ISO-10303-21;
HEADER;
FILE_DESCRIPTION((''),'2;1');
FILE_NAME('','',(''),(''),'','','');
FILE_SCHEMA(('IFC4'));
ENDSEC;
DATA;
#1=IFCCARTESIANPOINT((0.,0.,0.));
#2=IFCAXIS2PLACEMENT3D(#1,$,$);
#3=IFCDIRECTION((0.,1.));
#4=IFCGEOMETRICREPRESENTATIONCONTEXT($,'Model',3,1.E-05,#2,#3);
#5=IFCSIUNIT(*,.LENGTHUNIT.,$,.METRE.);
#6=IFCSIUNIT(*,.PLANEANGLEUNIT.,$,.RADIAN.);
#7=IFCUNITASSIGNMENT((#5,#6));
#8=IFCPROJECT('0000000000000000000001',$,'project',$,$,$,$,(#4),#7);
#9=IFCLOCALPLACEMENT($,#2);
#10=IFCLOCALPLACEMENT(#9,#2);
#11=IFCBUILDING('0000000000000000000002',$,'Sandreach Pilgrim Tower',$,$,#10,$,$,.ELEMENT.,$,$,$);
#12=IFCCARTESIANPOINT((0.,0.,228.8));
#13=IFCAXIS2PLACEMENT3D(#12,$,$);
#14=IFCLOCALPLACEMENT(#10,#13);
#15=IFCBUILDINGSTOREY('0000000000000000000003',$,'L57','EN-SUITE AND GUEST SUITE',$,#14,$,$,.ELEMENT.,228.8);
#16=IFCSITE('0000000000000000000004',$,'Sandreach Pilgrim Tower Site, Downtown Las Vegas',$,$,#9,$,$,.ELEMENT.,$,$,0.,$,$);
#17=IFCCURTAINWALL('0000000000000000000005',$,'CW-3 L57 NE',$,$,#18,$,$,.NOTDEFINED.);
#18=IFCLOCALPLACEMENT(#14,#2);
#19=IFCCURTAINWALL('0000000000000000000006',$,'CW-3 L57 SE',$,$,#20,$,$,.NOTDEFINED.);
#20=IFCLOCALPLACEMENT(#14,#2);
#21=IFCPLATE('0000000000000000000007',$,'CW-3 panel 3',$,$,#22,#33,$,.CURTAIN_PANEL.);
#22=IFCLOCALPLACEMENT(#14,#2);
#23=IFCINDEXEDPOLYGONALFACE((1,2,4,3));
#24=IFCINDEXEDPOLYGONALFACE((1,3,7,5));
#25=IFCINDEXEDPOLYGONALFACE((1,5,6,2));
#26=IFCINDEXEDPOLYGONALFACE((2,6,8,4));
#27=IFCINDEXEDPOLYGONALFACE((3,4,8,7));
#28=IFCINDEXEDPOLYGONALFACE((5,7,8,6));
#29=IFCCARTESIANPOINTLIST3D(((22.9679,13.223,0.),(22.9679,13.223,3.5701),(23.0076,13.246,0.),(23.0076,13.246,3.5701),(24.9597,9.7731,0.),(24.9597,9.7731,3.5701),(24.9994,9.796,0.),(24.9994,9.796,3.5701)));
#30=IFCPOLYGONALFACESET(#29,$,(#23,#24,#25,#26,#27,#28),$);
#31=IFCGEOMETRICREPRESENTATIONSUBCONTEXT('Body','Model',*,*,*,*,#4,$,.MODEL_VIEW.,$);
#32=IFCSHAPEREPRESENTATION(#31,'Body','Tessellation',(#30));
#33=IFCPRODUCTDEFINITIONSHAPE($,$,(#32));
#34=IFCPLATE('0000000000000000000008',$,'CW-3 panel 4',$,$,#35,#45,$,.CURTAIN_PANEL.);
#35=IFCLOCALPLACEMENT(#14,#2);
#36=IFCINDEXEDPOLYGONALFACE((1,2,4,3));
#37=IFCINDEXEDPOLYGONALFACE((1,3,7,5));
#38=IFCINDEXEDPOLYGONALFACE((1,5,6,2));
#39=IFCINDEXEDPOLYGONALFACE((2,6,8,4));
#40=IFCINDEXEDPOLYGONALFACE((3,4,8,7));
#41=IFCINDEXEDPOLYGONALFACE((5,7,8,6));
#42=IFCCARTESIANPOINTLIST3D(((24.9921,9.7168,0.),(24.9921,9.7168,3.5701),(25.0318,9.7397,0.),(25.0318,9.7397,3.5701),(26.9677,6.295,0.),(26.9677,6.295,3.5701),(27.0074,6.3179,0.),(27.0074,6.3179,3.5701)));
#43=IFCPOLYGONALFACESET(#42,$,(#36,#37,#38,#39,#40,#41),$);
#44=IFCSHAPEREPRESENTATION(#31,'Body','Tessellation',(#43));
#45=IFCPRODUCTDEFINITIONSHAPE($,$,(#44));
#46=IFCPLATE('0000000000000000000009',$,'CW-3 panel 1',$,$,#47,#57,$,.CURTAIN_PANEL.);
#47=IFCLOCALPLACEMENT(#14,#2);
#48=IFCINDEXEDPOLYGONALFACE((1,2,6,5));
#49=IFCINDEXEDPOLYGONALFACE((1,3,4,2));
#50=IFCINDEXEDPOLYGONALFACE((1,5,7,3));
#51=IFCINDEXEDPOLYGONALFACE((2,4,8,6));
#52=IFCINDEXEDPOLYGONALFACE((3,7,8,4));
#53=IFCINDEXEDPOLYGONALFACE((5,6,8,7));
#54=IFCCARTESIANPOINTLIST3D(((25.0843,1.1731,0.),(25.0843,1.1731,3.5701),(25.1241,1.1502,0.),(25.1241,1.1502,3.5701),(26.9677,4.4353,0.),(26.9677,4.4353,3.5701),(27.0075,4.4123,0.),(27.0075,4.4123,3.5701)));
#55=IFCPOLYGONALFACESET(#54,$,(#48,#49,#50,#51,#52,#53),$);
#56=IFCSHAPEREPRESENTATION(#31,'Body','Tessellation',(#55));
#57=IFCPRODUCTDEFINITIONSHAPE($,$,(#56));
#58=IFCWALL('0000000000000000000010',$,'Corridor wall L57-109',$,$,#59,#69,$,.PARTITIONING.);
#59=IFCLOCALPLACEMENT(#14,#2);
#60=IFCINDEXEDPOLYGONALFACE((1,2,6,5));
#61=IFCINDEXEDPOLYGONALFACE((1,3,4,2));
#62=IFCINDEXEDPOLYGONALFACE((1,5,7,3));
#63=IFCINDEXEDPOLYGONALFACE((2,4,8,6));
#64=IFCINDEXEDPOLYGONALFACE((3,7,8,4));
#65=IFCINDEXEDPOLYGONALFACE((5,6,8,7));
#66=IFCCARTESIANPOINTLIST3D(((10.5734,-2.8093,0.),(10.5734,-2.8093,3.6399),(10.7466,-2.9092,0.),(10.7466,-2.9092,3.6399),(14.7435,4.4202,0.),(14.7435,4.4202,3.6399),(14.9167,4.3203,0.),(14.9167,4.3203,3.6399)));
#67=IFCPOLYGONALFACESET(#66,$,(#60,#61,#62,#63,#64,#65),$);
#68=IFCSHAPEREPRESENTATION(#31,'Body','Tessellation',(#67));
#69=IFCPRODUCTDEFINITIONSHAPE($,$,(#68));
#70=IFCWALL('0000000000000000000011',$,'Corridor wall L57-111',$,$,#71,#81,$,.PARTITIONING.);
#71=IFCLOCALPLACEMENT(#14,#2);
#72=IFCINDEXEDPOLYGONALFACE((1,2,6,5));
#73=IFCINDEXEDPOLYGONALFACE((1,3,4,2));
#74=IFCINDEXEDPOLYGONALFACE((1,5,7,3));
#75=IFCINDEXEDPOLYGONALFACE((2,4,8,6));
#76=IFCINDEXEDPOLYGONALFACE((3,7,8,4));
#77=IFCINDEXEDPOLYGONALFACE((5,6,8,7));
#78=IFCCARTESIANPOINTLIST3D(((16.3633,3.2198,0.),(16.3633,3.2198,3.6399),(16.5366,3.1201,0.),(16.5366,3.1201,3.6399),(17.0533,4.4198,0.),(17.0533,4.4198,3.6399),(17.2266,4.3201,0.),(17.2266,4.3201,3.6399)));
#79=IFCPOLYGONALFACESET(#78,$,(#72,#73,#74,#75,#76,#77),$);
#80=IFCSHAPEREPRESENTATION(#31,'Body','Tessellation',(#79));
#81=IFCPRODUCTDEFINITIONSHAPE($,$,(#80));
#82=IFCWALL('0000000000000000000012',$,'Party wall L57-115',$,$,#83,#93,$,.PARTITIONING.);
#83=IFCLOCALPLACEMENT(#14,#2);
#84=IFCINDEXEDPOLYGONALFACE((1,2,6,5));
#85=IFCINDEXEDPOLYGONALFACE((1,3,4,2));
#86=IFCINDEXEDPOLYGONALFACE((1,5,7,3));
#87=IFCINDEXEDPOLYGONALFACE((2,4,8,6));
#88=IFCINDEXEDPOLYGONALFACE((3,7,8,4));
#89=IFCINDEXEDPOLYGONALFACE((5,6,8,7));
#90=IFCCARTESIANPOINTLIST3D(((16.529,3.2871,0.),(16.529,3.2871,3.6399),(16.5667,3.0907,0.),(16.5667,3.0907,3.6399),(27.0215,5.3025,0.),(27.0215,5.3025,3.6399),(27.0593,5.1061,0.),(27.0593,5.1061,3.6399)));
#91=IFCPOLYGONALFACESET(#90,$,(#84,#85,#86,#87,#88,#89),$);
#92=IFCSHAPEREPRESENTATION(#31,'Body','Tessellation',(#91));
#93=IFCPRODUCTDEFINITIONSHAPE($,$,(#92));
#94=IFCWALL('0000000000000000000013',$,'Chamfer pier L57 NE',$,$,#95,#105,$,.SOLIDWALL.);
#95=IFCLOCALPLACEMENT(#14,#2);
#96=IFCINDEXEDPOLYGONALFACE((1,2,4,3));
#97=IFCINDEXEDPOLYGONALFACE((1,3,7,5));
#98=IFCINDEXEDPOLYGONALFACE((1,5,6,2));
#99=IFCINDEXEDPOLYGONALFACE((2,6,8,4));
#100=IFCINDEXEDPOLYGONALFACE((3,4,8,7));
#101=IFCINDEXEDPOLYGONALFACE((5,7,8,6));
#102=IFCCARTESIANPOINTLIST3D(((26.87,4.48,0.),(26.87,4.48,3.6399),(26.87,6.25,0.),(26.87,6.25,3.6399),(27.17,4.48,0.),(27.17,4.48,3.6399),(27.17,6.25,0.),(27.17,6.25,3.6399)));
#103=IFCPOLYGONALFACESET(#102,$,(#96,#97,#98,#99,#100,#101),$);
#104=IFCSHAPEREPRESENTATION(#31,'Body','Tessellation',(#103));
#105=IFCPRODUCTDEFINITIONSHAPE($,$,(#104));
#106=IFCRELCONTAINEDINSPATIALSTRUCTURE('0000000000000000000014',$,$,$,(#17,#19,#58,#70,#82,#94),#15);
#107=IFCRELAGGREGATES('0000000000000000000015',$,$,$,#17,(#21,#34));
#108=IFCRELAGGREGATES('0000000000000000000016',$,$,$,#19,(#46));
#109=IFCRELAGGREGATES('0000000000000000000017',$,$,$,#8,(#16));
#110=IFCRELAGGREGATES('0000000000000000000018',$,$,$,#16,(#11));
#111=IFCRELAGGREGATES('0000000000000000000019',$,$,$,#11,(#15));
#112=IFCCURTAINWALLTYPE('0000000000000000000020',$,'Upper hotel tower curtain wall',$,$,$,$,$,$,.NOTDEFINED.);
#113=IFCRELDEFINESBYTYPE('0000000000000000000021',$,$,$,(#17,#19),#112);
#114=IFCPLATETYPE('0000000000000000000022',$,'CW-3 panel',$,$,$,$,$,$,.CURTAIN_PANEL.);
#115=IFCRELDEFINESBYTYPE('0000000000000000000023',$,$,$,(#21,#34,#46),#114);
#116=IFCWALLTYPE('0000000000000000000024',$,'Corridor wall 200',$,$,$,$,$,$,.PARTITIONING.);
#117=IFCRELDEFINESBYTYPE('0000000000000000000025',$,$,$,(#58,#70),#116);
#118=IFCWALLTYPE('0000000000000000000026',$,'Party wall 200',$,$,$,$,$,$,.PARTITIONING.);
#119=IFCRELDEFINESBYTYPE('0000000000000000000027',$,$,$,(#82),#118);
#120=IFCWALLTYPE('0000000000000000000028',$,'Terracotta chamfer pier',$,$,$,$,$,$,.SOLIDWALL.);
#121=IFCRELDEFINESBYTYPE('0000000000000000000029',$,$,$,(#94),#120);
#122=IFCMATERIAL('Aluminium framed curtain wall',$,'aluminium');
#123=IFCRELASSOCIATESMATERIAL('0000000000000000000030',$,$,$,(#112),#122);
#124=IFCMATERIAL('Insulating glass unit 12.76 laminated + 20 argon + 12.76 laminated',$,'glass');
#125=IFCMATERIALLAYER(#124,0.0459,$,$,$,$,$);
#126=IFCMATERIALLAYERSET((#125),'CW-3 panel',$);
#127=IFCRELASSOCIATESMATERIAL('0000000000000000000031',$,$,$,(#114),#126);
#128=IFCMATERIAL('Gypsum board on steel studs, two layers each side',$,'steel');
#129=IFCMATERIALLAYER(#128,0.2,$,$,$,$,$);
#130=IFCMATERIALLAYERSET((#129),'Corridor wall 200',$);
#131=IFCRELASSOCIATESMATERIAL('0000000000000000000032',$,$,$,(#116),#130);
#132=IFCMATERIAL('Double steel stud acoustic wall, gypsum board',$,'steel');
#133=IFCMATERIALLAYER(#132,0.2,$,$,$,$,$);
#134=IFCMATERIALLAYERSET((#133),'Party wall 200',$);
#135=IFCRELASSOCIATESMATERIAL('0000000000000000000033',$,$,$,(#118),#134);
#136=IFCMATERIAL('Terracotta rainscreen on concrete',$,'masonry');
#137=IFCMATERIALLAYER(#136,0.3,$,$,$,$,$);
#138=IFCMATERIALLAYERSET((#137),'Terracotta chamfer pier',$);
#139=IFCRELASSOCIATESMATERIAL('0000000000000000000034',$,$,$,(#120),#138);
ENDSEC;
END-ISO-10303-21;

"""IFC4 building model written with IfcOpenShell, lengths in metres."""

from ifc_helpers import new_model, si_unit, direction, frame, frame_2d, origin, origin_2d, place, context, subcontext, project, spatial, rectangle, extrude, material, layer, layer_set, type_object, element, aggregate, save


model = new_model("IFC4")

# Units and contexts
model_context = context("Model", 3, precision=1e-05, world=origin(), true_north=direction((0.0, 1.0)))
body_context = subcontext(model_context, "Body", "Model", "MODEL_VIEW")
ifc_project = project(units=[si_unit("LENGTHUNIT", "METRE"), si_unit("PLANEANGLEUNIT", "RADIAN")], contexts=[model_context])

# Site, building, storey
site_placement = place(None, origin())
site = spatial("IfcSite", under=ifc_project, at=site_placement, Name="Sandreach Pilgrim Tower Site, Downtown Las Vegas", CompositionType="ELEMENT", RefElevation=0.0)
building_placement = place(site_placement, origin())
building = spatial("IfcBuilding", under=site, at=building_placement, Name="Sandreach Pilgrim Tower", CompositionType="ELEMENT")
storey_placement = place(building_placement, frame((0.0, 0.0, 228.8)))
storey = spatial("IfcBuildingStorey", under=building, at=storey_placement, Name="L57", Description="EN-SUITE AND GUEST SUITE", CompositionType="ELEMENT", Elevation=228.8)

# Curtain walls
ifc_material_1 = material(Name="Aluminium framed curtain wall", Category="aluminium")
curtain_wall_type = type_object("IfcCurtainWallType", Name="Upper hotel tower curtain wall", PredefinedType="NOTDEFINED", material=ifc_material_1)
curtain_wall_1_placement = place(storey_placement, origin())
curtain_wall_1 = element("IfcCurtainWall", 1, at=curtain_wall_1_placement, inside=storey, type_object=curtain_wall_type, Name="CW-3 L57 NE", PredefinedType="NOTDEFINED")
curtain_wall_2_placement = place(storey_placement, origin())
curtain_wall_2 = element("IfcCurtainWall", 2, at=curtain_wall_2_placement, inside=storey, type_object=curtain_wall_type, Name="CW-3 L57 SE", PredefinedType="NOTDEFINED")

# Plates
ifc_material_2 = material(Name="Insulating glass unit 12.76 laminated + 20 argon + 12.76 laminated", Category="glass")
ifc_layer_1 = layer(ifc_material_2, 0.0459)
ifc_layer_set_1 = layer_set([ifc_layer_1], Name="CW-3 panel")
plate_type = type_object("IfcPlateType", Name="CW-3 panel", PredefinedType="CURTAIN_PANEL", material=ifc_layer_set_1)
plate_1_placement = place(storey_placement, frame((23.9836, 11.5095, 0.0), z_axis=(0.0, 0.0, 1.0), x_axis=(0.5, -0.866025, 0.0)))
plate_1 = element("IfcPlate", 3, at=plate_1_placement, type_object=plate_type, Name="CW-3 panel 3", PredefinedType="CURTAIN_PANEL", context=body_context, shape_type="SweptSolid", body=[
    extrude(rectangle(XDim=3.9836, YDim=0.0459, at=origin_2d()), origin(), (0.0, 0.0, 1.0), 3.5701),
])
plate_2_placement = place(storey_placement, frame((25.9998, 8.0173, 0.0), z_axis=(0.0, 0.0, 1.0), x_axis=(0.5, -0.866025, 0.0)))
plate_2 = element("IfcPlate", 4, at=plate_2_placement, type_object=plate_type, Name="CW-3 panel 4", PredefinedType="CURTAIN_PANEL", context=body_context, shape_type="SweptSolid", body=[
    extrude(rectangle(XDim=3.9512, YDim=0.0459, at=origin_2d()), origin(), (0.0, 0.0, 1.0), 3.5701),
])
aggregate(curtain_wall_1, [plate_1, plate_2])
plate_3_placement = place(storey_placement, frame((26.0459, 2.7927, 0.0), z_axis=(0.0, 0.0, 1.0), x_axis=(-0.5, -0.866025, 0.0)))
plate_3 = element("IfcPlate", 5, at=plate_3_placement, type_object=plate_type, Name="CW-3 panel 1", PredefinedType="CURTAIN_PANEL", context=body_context, shape_type="SweptSolid", body=[
    extrude(rectangle(XDim=3.7668, YDim=0.0459, at=origin_2d()), origin(), (0.0, 0.0, 1.0), 3.5701),
])
aggregate(curtain_wall_2, [plate_3])

# Walls
ifc_material_3 = material(Name="Gypsum board on steel studs, two layers each side", Category="steel")
ifc_layer_2 = layer(ifc_material_3, 0.2)
ifc_layer_set_2 = layer_set([ifc_layer_2], Name="Corridor wall 200")
wall_type_1 = type_object("IfcWallType", Name="Corridor wall 200", PredefinedType="PARTITIONING", material=ifc_layer_set_2)
wall_1_placement = place(storey_placement, frame((14.8301, 4.3701, 0.0), z_axis=(0.0, 0.0, 1.0), x_axis=(-0.49966, -0.866222, 0.0)))
element("IfcWall", 6, at=wall_1_placement, inside=storey, type_object=wall_type_1, Name="Corridor wall L57-109", PredefinedType="PARTITIONING", context=body_context, shape_type="SweptSolid", body=[
    extrude(rectangle(XDim=8.3459, YDim=0.2, at=frame_2d((4.1729, 0.0))), origin(), (0.0, 0.0, 1.0), 3.6399),
])
wall_2_placement = place(storey_placement, frame((16.45, 3.1699, 0.0), z_axis=(0.0, 0.0, 1.0), x_axis=(0.498455, 0.866916, 0.0)))
element("IfcWall", 7, at=wall_2_placement, inside=storey, type_object=wall_type_1, Name="Corridor wall L57-111", PredefinedType="PARTITIONING", context=body_context, shape_type="SweptSolid", body=[
    extrude(rectangle(XDim=1.3843, YDim=0.2, at=frame_2d((0.6921, 0.0))), origin(), (0.0, 0.0, 1.0), 3.6399),
])

# Walls
ifc_material_4 = material(Name="Double steel stud acoustic wall, gypsum board", Category="steel")
ifc_layer_3 = layer(ifc_material_4, 0.2)
ifc_layer_set_3 = layer_set([ifc_layer_3], Name="Party wall 200")
wall_type_2 = type_object("IfcWallType", Name="Party wall 200", PredefinedType="PARTITIONING", material=ifc_layer_set_3)
wall_3_placement = place(storey_placement, frame((27.0405, 5.2043, 0.0), z_axis=(0.0, 0.0, 1.0), x_axis=(-0.982048, -0.188631, 0.0)))
element("IfcWall", 8, at=wall_3_placement, inside=storey, type_object=wall_type_2, Name="Party wall L57-115", PredefinedType="PARTITIONING", context=body_context, shape_type="SweptSolid", body=[
    extrude(rectangle(XDim=10.6843, YDim=0.2, at=frame_2d((5.3423, 0.0))), origin(), (0.0, 0.0, 1.0), 3.6399),
])
ifc_material_5 = material(Name="Terracotta rainscreen on concrete", Category="masonry")
ifc_layer_4 = layer(ifc_material_5, 0.3)
ifc_layer_set_4 = layer_set([ifc_layer_4], Name="Terracotta chamfer pier")
wall_type_3 = type_object("IfcWallType", Name="Terracotta chamfer pier", PredefinedType="SOLIDWALL", material=ifc_layer_set_4)
wall_4_placement = place(storey_placement, frame((27.02, 6.25, 0.0), z_axis=(0.0, 0.0, 1.0), x_axis=(0.0, -1.0, 0.0)))
element("IfcWall", 9, at=wall_4_placement, inside=storey, type_object=wall_type_3, Name="Chamfer pier L57 NE", PredefinedType="SOLIDWALL", context=body_context, shape_type="SweptSolid", body=[
    extrude(rectangle(XDim=1.77, YDim=0.3, at=frame_2d((0.885, 0.0))), origin(), (0.0, 0.0, 1.0), 3.6399),
])

save(model, "model.ifc")
